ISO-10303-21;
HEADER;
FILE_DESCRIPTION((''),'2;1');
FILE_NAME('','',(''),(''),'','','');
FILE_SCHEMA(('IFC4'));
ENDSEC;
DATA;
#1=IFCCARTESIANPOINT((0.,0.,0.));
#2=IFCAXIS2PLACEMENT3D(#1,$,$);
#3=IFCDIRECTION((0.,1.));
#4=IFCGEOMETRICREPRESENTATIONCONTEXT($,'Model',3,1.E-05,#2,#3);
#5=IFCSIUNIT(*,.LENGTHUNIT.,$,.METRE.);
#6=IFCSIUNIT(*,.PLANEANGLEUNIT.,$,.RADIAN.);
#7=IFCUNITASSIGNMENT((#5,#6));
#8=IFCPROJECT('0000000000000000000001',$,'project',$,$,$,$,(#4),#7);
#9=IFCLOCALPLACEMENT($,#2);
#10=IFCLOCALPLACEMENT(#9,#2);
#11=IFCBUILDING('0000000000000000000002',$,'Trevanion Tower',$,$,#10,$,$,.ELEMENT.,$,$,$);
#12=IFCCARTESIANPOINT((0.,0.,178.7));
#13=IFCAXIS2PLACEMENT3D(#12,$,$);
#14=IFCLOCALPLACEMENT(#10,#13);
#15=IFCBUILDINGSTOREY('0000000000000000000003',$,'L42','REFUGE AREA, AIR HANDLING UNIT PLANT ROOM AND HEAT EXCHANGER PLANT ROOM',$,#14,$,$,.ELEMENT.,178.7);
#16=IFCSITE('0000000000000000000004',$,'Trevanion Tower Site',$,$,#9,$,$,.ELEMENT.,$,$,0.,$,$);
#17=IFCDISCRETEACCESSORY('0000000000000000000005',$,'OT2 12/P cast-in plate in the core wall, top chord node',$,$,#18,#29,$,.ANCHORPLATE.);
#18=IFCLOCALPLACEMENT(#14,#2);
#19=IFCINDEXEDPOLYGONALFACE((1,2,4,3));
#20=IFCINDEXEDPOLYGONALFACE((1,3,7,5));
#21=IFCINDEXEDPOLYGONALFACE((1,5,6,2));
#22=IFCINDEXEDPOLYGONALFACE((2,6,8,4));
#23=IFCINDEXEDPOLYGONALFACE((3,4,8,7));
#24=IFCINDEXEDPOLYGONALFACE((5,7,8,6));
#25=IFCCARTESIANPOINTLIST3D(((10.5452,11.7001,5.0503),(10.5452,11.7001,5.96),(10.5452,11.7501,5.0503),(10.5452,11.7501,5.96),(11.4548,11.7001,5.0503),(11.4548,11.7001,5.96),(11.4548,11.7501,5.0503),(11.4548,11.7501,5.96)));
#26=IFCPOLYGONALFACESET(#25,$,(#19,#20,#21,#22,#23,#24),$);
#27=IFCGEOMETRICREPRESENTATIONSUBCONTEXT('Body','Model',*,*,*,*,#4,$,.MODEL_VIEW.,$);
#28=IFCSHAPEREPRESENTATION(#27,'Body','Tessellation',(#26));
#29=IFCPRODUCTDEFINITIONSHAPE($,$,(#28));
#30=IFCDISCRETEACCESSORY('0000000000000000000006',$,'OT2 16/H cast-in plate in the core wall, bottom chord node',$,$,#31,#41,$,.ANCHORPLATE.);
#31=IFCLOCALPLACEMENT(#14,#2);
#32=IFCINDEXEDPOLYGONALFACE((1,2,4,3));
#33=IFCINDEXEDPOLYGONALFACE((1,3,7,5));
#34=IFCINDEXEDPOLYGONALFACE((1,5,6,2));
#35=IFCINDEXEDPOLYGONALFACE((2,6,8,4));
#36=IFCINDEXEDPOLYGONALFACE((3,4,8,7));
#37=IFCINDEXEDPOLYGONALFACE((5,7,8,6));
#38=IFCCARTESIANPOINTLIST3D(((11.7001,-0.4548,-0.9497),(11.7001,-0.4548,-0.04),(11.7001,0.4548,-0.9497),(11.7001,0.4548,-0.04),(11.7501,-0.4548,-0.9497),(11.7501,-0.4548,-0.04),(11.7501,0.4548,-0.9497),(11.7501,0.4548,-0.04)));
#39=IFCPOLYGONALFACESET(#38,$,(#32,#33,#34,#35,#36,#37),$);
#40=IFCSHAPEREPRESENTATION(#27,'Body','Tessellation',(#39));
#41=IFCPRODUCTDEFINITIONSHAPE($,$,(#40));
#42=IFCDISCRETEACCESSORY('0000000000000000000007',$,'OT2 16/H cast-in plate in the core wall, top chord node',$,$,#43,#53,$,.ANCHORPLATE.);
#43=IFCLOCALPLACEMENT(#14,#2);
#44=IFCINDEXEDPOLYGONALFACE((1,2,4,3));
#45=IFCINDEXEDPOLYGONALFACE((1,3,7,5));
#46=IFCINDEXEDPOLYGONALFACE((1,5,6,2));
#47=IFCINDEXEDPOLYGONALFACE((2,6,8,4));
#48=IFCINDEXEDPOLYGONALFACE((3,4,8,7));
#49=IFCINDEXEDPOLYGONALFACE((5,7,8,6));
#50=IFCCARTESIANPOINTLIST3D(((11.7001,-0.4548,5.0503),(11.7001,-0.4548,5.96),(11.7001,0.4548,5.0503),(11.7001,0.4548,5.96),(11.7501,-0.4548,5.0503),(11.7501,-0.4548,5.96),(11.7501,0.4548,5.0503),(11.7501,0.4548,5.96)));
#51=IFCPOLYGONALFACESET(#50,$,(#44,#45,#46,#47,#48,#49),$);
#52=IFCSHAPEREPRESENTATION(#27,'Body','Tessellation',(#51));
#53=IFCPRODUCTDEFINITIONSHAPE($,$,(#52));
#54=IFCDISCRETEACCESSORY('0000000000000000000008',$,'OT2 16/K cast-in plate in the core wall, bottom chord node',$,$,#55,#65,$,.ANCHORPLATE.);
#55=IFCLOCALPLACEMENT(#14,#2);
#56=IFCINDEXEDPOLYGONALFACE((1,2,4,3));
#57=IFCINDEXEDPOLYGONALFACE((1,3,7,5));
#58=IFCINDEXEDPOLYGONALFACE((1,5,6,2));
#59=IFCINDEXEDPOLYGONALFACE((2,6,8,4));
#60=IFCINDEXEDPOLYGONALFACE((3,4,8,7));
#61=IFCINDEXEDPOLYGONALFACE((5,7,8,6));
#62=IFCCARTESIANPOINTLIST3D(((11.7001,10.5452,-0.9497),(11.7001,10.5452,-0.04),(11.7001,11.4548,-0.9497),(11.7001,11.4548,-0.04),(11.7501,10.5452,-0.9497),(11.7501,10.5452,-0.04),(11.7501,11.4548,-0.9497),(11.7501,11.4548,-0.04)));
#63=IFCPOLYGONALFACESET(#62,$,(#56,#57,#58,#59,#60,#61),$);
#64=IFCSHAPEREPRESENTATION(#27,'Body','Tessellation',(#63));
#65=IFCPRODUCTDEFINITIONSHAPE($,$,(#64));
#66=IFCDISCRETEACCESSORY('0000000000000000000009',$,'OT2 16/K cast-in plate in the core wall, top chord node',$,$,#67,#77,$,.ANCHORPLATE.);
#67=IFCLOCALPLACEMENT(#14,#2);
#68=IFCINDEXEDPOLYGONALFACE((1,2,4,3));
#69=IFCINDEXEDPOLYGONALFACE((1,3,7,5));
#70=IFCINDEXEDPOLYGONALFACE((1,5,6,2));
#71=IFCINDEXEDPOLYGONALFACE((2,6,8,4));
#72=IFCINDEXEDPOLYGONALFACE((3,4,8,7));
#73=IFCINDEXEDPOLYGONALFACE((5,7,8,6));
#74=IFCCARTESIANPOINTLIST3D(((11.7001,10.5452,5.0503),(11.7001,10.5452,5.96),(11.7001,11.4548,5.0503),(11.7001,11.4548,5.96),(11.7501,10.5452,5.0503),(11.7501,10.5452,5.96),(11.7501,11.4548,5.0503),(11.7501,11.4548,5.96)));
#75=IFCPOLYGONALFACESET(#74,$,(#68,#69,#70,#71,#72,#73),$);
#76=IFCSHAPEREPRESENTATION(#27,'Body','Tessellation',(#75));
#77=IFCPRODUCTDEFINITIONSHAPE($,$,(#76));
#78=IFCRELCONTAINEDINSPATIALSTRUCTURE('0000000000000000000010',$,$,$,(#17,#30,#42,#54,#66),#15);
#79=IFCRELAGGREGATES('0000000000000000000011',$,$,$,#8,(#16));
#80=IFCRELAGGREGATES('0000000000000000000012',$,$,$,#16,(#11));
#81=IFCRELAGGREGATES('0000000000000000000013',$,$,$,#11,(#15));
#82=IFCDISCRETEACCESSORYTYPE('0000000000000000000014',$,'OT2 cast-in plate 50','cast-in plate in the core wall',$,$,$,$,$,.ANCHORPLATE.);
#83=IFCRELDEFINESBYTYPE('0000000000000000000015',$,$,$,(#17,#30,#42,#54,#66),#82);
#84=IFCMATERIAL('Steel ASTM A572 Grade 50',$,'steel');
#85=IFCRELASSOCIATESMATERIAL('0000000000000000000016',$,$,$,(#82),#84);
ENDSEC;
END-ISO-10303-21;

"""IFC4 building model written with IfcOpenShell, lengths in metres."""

from ifc_helpers import new_model, si_unit, direction, frame, origin, origin_2d, place, context, subcontext, project, spatial, rectangle, extrude, material, type_object, element, save


model = new_model("IFC4")

# Units and contexts
model_context = context("Model", 3, precision=1e-05, world=origin(), true_north=direction((0.0, 1.0)))
body_context = subcontext(model_context, "Body", "Model", "MODEL_VIEW")
ifc_project = project(units=[si_unit("LENGTHUNIT", "METRE"), si_unit("PLANEANGLEUNIT", "RADIAN")], contexts=[model_context])

# Site, building, storey
site_placement = place(None, origin())
site = spatial("IfcSite", under=ifc_project, at=site_placement, Name="Trevanion Tower Site", CompositionType="ELEMENT", RefElevation=0.0)
building_placement = place(site_placement, origin())
building = spatial("IfcBuilding", under=site, at=building_placement, Name="Trevanion Tower", CompositionType="ELEMENT")
storey_placement = place(building_placement, frame((0.0, 0.0, 178.7)))
storey = spatial("IfcBuildingStorey", under=building, at=storey_placement, Name="L42", Description="REFUGE AREA, AIR HANDLING UNIT PLANT ROOM AND HEAT EXCHANGER PLANT ROOM", CompositionType="ELEMENT", Elevation=178.7)

# Discrete accessories
ifc_material_1 = material(Name="Steel ASTM A572 Grade 50", Category="steel")
discrete_accessory_type = type_object("IfcDiscreteAccessoryType", Name="OT2 cast-in plate 50", Description="cast-in plate in the core wall", PredefinedType="ANCHORPLATE", material=ifc_material_1)
for number, where, z_axis, x_axis, name in (
    (1, (11.0, 11.7251, 5.0503), (0.0, 0.0, 1.0), (0.0, 1.0, 0.0), "OT2 12/P cast-in plate in the core wall, top chord node"),
    (2, (11.7251, 0.0, -0.9497), (0.0, 0.0, 1.0), (1.0, 0.0, 0.0), "OT2 16/H cast-in plate in the core wall, bottom chord node"),
    (3, (11.7251, 0.0, 5.0503), (0.0, 0.0, 1.0), (1.0, 0.0, 0.0), "OT2 16/H cast-in plate in the core wall, top chord node"),
    (4, (11.7251, 11.0, -0.9497), (0.0, 0.0, 1.0), (1.0, 0.0, 0.0), "OT2 16/K cast-in plate in the core wall, bottom chord node"),
    (5, (11.7251, 11.0, 5.0503), (0.0, 0.0, 1.0), (1.0, 0.0, 0.0), "OT2 16/K cast-in plate in the core wall, top chord node"),
):
    element("IfcDiscreteAccessory", number, at=place(storey_placement, frame(where, z_axis=z_axis, x_axis=x_axis)), inside=storey, type_object=discrete_accessory_type, Name=name, PredefinedType="ANCHORPLATE", context=body_context, shape_type="SweptSolid", body=[
        extrude(rectangle(XDim=0.05, YDim=0.9097, at=origin_2d()), origin(), (0.0, 0.0, 1.0), 0.9097),
    ])

save(model, "model.ifc")
